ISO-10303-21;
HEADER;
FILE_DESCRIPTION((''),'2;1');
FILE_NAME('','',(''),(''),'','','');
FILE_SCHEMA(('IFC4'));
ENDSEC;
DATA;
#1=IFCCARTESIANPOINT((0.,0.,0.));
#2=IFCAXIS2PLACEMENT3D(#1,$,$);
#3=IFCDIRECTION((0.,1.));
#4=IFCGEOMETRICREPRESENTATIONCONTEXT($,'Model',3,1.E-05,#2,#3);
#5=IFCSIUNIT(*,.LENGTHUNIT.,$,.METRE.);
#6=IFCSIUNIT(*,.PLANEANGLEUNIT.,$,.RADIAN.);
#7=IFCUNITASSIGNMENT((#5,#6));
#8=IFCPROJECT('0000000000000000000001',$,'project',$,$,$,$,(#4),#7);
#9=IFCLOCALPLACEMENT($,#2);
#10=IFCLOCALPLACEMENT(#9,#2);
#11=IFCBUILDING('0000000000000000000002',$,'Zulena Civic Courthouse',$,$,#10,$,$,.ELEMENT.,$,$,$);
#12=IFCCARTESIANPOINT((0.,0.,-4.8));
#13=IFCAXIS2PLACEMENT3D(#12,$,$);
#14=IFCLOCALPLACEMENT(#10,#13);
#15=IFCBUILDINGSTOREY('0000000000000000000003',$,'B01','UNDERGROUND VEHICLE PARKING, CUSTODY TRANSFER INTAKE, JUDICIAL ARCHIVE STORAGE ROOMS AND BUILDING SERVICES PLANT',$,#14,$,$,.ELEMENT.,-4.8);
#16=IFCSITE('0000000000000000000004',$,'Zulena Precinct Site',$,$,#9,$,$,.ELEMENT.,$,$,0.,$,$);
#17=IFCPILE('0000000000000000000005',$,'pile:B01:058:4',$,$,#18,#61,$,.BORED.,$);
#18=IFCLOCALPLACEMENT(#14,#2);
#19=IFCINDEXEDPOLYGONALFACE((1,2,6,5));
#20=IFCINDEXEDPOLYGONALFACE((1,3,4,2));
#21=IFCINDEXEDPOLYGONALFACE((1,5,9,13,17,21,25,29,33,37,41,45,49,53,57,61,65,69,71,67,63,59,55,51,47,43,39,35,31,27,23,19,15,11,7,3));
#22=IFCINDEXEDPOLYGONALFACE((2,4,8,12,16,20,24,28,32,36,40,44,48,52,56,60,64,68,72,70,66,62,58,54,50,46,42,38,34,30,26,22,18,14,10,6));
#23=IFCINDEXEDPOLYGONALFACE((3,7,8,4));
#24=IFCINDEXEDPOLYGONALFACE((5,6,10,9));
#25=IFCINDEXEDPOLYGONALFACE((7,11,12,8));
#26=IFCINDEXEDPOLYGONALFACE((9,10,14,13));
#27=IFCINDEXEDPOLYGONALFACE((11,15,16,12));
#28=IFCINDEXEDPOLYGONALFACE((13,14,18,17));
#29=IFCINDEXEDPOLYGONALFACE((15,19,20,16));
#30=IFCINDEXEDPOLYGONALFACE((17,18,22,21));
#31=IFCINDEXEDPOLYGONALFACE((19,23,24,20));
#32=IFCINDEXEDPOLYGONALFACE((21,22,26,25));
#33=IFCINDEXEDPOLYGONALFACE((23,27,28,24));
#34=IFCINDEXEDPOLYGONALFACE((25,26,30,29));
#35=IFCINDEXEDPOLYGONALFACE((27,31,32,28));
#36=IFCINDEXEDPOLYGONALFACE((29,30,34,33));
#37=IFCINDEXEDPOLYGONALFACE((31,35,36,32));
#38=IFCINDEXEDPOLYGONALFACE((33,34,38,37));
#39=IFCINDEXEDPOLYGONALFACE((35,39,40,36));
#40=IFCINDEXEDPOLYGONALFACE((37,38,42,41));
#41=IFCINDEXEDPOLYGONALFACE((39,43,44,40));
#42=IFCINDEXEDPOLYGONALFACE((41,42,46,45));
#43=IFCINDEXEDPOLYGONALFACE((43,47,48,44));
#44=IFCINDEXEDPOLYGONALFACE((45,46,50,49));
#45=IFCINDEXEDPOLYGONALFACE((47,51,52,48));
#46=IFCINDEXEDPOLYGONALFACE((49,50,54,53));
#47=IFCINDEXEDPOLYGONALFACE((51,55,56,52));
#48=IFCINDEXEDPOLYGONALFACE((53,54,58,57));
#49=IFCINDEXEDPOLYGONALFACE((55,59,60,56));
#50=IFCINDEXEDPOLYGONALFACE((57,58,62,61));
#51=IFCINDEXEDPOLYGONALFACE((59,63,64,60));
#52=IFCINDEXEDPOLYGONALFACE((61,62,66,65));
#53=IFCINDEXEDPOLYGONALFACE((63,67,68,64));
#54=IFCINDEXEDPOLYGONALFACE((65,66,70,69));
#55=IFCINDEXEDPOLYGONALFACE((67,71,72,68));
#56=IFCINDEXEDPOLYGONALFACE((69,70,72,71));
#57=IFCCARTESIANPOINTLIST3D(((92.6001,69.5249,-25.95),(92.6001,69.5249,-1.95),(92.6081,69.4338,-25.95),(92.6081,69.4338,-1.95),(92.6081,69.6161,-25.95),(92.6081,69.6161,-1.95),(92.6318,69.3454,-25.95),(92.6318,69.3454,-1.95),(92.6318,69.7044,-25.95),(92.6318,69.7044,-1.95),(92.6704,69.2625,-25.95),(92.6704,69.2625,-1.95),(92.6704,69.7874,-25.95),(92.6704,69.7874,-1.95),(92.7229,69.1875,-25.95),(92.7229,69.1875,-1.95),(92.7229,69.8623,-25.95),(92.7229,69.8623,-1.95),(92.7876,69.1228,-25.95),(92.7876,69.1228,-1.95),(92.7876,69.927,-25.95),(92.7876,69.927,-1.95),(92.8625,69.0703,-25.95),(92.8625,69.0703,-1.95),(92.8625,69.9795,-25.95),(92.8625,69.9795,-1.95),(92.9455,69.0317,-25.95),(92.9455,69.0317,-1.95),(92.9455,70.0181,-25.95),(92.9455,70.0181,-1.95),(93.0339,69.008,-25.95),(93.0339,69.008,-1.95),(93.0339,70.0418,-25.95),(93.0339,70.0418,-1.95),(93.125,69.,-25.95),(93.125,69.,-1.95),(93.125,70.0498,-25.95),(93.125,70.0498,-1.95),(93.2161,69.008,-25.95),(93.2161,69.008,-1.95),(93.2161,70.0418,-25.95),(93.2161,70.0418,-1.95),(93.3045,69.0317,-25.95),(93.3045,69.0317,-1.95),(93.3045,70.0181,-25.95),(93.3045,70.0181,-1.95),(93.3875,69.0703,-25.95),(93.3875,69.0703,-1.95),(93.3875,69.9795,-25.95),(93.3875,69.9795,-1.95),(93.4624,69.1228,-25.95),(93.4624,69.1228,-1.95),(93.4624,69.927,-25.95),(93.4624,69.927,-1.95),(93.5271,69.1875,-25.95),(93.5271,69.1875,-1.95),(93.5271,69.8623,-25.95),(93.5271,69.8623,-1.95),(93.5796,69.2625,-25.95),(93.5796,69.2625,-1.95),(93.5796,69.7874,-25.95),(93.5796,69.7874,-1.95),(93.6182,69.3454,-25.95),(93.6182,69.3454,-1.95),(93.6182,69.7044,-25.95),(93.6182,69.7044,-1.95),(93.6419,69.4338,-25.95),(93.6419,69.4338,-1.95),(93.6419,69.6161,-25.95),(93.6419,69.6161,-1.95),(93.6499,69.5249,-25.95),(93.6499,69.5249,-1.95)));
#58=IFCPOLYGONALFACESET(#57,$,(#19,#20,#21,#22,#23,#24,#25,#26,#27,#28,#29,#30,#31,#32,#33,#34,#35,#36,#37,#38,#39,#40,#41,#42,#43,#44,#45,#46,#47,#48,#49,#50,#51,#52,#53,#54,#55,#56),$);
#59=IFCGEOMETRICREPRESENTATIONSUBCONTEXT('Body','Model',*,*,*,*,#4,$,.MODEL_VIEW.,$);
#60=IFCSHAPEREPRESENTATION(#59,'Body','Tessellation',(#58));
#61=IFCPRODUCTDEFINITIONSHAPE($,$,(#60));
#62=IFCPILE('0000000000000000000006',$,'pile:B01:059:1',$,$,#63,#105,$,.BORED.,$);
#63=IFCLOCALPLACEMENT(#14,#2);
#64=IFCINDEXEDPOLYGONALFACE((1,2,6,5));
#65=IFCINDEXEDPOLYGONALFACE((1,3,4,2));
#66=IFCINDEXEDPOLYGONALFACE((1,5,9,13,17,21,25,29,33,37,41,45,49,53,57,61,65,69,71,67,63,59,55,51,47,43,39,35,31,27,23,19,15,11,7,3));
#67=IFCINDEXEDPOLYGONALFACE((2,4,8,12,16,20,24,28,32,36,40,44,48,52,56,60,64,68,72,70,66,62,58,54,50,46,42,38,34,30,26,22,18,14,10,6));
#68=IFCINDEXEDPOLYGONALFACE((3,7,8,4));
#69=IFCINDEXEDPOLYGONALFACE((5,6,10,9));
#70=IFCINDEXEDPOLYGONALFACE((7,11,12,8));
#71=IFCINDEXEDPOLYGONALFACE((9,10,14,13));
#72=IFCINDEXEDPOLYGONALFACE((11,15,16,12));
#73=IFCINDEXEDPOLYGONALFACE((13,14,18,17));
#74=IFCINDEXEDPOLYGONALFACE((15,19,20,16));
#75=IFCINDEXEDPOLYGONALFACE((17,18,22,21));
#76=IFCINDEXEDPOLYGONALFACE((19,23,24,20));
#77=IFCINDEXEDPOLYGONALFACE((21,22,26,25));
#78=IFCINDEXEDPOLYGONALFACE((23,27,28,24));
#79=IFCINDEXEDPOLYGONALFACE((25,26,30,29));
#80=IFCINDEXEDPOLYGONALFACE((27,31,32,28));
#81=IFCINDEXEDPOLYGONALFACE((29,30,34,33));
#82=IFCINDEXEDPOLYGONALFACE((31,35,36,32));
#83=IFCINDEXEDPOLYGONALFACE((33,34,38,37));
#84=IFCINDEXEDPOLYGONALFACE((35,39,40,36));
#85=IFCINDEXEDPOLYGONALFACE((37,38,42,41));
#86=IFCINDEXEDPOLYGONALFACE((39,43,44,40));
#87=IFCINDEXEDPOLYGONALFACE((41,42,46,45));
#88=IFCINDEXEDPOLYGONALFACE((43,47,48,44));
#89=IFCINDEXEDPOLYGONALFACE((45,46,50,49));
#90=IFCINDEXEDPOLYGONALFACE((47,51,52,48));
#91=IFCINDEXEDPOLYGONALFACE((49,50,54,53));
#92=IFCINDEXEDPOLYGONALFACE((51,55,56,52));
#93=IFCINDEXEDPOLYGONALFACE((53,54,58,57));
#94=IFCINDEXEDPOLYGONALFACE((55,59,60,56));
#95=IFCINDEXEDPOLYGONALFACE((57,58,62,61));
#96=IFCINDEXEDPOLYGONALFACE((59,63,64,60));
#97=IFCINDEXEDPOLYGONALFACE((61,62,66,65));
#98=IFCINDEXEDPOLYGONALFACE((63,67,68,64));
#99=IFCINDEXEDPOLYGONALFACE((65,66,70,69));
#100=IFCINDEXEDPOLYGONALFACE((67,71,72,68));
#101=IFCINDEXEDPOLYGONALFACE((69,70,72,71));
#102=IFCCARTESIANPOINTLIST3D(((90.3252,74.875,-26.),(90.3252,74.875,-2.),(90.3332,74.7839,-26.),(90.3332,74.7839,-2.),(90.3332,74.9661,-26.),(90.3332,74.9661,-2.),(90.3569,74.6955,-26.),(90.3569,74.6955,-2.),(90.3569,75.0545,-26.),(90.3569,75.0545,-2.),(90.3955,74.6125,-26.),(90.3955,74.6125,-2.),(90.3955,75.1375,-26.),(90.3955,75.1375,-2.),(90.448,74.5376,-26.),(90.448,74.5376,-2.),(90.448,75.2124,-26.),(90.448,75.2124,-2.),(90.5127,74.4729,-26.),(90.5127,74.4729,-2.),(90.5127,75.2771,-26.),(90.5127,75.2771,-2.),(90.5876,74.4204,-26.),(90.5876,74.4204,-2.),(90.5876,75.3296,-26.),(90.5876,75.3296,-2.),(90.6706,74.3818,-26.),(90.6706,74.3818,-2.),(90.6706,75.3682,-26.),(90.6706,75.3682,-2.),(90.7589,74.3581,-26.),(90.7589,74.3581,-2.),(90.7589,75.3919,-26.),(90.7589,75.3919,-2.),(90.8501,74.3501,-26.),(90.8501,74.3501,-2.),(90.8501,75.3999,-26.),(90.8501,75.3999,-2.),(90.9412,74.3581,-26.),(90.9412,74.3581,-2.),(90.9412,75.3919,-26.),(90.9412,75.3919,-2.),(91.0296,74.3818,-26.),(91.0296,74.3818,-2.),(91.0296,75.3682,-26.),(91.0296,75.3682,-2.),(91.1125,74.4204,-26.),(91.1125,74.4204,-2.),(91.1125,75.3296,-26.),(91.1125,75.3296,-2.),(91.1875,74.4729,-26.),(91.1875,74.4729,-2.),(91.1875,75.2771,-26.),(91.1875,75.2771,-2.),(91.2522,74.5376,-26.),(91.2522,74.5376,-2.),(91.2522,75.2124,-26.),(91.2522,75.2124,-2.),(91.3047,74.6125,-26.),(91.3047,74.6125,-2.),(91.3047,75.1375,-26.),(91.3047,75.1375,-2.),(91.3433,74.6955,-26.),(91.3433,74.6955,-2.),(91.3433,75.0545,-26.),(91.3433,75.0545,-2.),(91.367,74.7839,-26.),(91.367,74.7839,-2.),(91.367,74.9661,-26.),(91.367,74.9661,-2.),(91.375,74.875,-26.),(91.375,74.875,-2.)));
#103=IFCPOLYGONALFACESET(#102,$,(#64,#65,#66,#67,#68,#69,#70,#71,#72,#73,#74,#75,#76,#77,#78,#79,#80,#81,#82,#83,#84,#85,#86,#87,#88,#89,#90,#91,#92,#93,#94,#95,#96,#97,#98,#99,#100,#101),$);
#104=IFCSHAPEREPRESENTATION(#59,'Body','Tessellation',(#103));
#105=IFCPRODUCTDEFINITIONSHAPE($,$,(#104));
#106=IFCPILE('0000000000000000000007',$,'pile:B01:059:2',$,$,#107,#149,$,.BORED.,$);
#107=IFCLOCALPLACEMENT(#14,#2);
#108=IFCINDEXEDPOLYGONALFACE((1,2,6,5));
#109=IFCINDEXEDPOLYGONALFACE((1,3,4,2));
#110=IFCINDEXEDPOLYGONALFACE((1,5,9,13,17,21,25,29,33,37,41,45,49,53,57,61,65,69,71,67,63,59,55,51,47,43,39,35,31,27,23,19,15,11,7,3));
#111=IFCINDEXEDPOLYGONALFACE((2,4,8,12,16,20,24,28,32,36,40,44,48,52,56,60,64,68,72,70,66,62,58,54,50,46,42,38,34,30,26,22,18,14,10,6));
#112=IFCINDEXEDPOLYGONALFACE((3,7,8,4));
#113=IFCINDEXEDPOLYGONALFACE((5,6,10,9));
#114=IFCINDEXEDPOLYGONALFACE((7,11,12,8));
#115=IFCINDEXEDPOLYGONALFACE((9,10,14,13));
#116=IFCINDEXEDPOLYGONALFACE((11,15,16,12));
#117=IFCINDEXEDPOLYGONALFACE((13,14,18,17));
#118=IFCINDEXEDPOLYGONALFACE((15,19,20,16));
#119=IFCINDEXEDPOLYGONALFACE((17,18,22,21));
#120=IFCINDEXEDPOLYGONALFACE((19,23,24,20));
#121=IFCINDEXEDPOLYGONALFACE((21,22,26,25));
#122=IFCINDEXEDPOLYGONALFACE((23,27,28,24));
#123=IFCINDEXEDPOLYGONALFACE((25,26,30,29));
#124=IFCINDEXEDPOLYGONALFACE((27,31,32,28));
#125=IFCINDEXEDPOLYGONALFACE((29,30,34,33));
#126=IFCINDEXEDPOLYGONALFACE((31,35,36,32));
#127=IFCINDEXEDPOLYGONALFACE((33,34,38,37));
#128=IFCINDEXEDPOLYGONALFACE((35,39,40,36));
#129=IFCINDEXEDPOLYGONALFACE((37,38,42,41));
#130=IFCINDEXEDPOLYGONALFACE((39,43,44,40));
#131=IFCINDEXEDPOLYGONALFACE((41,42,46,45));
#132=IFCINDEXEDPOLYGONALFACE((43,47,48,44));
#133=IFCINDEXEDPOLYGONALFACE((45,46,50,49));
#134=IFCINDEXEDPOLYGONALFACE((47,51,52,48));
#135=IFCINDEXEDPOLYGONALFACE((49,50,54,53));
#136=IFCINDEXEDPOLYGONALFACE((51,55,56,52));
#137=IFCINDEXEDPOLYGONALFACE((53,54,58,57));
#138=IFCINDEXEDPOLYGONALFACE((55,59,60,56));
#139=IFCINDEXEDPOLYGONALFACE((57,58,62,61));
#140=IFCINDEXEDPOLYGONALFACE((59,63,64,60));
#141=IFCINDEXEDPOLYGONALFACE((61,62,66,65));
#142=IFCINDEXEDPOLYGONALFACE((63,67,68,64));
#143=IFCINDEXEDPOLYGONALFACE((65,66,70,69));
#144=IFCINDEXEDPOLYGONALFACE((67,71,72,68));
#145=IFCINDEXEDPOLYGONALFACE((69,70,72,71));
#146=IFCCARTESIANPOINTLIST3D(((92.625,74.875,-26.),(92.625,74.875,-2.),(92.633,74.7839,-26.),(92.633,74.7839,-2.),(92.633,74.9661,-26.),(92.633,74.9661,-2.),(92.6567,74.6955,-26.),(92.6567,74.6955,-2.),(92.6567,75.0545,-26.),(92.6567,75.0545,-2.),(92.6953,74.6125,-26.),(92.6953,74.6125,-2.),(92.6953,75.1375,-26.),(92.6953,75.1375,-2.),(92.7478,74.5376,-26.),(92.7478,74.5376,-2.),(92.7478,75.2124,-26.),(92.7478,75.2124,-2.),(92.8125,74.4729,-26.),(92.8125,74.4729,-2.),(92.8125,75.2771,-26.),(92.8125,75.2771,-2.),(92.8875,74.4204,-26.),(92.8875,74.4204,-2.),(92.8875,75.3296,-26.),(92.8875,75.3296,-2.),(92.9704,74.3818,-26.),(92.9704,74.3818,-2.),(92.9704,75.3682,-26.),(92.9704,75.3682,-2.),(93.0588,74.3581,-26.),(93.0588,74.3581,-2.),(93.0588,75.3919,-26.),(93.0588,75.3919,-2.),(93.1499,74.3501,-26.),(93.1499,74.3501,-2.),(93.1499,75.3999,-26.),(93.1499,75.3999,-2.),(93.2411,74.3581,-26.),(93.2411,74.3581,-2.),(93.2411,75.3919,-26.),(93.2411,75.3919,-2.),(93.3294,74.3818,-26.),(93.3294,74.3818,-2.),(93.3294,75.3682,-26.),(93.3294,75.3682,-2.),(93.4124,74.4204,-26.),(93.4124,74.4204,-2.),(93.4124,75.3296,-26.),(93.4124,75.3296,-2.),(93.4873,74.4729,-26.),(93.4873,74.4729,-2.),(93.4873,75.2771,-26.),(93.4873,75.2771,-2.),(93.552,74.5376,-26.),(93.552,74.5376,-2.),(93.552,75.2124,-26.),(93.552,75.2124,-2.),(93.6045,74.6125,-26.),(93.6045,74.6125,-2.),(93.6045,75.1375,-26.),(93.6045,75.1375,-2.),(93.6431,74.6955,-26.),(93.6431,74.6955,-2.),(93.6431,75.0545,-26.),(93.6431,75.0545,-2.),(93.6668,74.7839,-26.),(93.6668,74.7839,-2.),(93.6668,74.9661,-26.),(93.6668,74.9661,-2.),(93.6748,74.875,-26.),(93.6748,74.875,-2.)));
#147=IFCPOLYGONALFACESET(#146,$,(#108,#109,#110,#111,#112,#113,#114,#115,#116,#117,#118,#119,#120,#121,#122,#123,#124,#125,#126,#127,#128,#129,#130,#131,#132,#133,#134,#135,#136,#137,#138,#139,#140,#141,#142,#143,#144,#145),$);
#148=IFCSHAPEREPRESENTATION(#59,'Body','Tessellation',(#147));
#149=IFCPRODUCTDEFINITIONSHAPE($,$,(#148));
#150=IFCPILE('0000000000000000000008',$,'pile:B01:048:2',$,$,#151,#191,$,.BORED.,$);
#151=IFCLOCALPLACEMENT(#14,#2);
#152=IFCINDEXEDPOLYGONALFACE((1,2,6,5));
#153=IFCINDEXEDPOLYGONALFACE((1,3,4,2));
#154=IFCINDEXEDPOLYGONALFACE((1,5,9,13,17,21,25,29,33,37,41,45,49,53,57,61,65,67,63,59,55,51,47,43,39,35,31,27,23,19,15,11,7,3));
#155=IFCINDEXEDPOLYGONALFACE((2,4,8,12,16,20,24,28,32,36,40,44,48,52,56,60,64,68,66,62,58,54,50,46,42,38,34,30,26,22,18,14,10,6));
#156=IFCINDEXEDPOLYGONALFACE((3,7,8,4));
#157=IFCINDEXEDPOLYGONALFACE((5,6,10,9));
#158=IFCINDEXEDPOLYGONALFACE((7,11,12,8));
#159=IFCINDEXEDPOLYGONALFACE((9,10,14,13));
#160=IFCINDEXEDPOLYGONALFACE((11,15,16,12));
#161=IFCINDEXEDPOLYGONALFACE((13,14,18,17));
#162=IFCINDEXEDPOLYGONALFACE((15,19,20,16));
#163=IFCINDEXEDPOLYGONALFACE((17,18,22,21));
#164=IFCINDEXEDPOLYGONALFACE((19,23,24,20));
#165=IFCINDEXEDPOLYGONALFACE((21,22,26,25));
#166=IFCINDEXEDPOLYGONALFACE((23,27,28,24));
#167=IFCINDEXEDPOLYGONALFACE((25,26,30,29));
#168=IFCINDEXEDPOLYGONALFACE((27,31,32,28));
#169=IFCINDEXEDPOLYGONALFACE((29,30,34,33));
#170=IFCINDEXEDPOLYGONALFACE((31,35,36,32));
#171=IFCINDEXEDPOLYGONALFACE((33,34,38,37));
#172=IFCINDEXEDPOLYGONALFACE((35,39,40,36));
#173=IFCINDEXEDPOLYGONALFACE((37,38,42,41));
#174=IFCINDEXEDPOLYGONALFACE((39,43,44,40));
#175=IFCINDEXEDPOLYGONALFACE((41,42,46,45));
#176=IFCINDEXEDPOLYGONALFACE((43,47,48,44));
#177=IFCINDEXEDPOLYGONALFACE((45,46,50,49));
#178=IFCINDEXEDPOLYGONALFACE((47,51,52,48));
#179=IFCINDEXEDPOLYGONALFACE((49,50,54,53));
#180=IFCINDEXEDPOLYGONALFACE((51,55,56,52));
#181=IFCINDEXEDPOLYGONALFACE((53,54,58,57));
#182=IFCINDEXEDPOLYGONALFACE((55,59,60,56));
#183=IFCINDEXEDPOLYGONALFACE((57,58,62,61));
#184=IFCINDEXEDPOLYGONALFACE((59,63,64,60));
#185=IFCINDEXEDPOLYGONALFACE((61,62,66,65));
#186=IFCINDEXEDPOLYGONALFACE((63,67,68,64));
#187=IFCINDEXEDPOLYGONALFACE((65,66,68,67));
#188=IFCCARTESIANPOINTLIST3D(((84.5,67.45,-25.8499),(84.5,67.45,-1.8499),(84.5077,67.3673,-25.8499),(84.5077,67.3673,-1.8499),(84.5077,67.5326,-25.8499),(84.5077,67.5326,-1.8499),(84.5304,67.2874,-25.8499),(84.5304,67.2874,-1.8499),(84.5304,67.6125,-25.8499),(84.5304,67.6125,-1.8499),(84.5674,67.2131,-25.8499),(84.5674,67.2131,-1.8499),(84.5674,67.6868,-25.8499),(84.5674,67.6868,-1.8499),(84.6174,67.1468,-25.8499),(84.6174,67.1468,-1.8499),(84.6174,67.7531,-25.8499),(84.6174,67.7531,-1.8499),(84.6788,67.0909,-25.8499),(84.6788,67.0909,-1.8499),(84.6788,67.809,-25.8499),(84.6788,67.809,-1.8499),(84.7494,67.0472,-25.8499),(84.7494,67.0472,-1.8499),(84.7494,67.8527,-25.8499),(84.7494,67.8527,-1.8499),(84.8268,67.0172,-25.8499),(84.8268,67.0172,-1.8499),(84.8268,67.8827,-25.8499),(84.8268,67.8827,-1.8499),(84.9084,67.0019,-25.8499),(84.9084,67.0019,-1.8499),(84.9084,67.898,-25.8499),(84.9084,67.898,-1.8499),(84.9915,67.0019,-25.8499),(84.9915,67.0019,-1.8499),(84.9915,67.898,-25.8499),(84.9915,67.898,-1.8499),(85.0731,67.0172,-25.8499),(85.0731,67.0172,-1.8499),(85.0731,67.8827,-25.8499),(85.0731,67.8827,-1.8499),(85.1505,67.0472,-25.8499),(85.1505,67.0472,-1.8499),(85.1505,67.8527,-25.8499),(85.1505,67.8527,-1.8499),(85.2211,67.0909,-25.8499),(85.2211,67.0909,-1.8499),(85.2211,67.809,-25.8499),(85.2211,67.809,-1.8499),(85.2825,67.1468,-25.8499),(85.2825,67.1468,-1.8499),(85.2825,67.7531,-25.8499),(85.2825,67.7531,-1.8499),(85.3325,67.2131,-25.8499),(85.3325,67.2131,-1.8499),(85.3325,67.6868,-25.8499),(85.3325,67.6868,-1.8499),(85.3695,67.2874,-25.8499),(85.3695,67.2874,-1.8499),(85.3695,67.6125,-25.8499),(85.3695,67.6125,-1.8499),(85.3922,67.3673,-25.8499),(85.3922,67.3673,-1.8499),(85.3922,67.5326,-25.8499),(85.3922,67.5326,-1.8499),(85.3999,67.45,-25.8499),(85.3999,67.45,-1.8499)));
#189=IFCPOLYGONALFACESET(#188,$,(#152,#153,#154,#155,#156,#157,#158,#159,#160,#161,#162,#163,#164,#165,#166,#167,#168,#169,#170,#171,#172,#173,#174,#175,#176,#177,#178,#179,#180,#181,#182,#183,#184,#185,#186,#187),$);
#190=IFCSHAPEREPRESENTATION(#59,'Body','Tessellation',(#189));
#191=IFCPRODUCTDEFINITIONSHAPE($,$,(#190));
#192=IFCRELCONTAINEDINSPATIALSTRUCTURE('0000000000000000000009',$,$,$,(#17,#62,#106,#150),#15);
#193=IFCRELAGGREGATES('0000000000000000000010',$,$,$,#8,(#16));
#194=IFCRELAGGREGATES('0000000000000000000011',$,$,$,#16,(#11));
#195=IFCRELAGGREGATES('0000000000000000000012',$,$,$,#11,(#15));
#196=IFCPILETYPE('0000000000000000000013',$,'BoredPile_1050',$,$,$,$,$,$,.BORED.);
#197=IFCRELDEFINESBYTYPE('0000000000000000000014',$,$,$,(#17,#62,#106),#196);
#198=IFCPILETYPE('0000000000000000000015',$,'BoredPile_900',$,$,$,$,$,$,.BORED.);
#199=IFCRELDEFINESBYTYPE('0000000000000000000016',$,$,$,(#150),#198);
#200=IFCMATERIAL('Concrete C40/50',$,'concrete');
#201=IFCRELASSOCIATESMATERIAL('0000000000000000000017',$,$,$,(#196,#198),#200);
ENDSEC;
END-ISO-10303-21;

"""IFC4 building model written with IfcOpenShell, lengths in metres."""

from ifc_helpers import new_model, si_unit, direction, frame, origin, origin_2d, place, context, subcontext, project, spatial, circle, extrude, material, material_profile, profile_set, type_object, element, save


model = new_model("IFC4")

# Units and contexts
model_context = context("Model", 3, precision=1e-05, world=origin(), true_north=direction((0.0, 1.0)))
body_context = subcontext(model_context, "Body", "Model", "MODEL_VIEW")
ifc_project = project(units=[si_unit("LENGTHUNIT", "METRE"), si_unit("PLANEANGLEUNIT", "RADIAN")], contexts=[model_context])

# Site, building, storey
site_placement = place(None, origin())
site = spatial("IfcSite", under=ifc_project, at=site_placement, Name="Zulena Precinct Site", CompositionType="ELEMENT", RefElevation=0.0)
building_placement = place(site_placement, origin())
building = spatial("IfcBuilding", under=site, at=building_placement, Name="Zulena Civic Courthouse", CompositionType="ELEMENT")
storey_placement = place(building_placement, frame((0.0, 0.0, -4.8)))
storey = spatial("IfcBuildingStorey", under=building, at=storey_placement, Name="B01", Description="UNDERGROUND VEHICLE PARKING, CUSTODY TRANSFER INTAKE, JUDICIAL ARCHIVE STORAGE ROOMS AND BUILDING SERVICES PLANT", CompositionType="ELEMENT", Elevation=-4.8)

# Piles
ifc_material_1 = material(Name="Concrete C40/50", Category="concrete")
ifc_material_profile_1 = material_profile(ifc_material_1, circle(Radius=0.5249, at=origin_2d()), Name="PILE1050")
ifc_profile_set_1 = profile_set([ifc_material_profile_1], Name="Concrete C40/50")
pile_type_1 = type_object("IfcPileType", Name="BoredPile_1050", PredefinedType="BORED", material=ifc_profile_set_1)
for number, where, z_axis, x_axis, name in (
    (1, (93.125, 69.5249, -1.95), (0.0, 0.0, -1.0), (1.0, 0.0, 0.0), "pile:B01:058:4"),
    (2, (90.8501, 74.875, -2.0), (0.0, 0.0, -1.0), (1.0, 0.0, 0.0), "pile:B01:059:1"),
    (3, (93.1499, 74.875, -2.0), (0.0, 0.0, -1.0), (1.0, 0.0, 0.0), "pile:B01:059:2"),
):
    element("IfcPile", number, at=place(storey_placement, frame(where, z_axis=z_axis, x_axis=x_axis)), inside=storey, type_object=pile_type_1, Name=name, PredefinedType="BORED", context=body_context, shape_type="SweptSolid", body=[
        extrude(circle(Radius=0.5249, at=origin_2d()), origin(), (0.0, 0.0, 1.0), 24.0),
    ])
ifc_material_profile_2 = material_profile(ifc_material_1, circle(Radius=0.45, at=origin_2d()), Name="PILE900")
ifc_profile_set_2 = profile_set([ifc_material_profile_2], Name="Concrete C40/50")
pile_type_2 = type_object("IfcPileType", Name="BoredPile_900", PredefinedType="BORED", material=ifc_profile_set_2)
for number, where, z_axis, x_axis, name in (
    (4, (84.95, 67.45, -1.8499), (0.0, 0.0, -1.0), (1.0, 0.0, 0.0), "pile:B01:048:2"),
):
    element("IfcPile", number, at=place(storey_placement, frame(where, z_axis=z_axis, x_axis=x_axis)), inside=storey, type_object=pile_type_2, Name=name, PredefinedType="BORED", context=body_context, shape_type="SweptSolid", body=[
        extrude(circle(Radius=0.45, at=origin_2d()), origin(), (0.0, 0.0, 1.0), 24.0),
    ])

save(model, "model.ifc")
